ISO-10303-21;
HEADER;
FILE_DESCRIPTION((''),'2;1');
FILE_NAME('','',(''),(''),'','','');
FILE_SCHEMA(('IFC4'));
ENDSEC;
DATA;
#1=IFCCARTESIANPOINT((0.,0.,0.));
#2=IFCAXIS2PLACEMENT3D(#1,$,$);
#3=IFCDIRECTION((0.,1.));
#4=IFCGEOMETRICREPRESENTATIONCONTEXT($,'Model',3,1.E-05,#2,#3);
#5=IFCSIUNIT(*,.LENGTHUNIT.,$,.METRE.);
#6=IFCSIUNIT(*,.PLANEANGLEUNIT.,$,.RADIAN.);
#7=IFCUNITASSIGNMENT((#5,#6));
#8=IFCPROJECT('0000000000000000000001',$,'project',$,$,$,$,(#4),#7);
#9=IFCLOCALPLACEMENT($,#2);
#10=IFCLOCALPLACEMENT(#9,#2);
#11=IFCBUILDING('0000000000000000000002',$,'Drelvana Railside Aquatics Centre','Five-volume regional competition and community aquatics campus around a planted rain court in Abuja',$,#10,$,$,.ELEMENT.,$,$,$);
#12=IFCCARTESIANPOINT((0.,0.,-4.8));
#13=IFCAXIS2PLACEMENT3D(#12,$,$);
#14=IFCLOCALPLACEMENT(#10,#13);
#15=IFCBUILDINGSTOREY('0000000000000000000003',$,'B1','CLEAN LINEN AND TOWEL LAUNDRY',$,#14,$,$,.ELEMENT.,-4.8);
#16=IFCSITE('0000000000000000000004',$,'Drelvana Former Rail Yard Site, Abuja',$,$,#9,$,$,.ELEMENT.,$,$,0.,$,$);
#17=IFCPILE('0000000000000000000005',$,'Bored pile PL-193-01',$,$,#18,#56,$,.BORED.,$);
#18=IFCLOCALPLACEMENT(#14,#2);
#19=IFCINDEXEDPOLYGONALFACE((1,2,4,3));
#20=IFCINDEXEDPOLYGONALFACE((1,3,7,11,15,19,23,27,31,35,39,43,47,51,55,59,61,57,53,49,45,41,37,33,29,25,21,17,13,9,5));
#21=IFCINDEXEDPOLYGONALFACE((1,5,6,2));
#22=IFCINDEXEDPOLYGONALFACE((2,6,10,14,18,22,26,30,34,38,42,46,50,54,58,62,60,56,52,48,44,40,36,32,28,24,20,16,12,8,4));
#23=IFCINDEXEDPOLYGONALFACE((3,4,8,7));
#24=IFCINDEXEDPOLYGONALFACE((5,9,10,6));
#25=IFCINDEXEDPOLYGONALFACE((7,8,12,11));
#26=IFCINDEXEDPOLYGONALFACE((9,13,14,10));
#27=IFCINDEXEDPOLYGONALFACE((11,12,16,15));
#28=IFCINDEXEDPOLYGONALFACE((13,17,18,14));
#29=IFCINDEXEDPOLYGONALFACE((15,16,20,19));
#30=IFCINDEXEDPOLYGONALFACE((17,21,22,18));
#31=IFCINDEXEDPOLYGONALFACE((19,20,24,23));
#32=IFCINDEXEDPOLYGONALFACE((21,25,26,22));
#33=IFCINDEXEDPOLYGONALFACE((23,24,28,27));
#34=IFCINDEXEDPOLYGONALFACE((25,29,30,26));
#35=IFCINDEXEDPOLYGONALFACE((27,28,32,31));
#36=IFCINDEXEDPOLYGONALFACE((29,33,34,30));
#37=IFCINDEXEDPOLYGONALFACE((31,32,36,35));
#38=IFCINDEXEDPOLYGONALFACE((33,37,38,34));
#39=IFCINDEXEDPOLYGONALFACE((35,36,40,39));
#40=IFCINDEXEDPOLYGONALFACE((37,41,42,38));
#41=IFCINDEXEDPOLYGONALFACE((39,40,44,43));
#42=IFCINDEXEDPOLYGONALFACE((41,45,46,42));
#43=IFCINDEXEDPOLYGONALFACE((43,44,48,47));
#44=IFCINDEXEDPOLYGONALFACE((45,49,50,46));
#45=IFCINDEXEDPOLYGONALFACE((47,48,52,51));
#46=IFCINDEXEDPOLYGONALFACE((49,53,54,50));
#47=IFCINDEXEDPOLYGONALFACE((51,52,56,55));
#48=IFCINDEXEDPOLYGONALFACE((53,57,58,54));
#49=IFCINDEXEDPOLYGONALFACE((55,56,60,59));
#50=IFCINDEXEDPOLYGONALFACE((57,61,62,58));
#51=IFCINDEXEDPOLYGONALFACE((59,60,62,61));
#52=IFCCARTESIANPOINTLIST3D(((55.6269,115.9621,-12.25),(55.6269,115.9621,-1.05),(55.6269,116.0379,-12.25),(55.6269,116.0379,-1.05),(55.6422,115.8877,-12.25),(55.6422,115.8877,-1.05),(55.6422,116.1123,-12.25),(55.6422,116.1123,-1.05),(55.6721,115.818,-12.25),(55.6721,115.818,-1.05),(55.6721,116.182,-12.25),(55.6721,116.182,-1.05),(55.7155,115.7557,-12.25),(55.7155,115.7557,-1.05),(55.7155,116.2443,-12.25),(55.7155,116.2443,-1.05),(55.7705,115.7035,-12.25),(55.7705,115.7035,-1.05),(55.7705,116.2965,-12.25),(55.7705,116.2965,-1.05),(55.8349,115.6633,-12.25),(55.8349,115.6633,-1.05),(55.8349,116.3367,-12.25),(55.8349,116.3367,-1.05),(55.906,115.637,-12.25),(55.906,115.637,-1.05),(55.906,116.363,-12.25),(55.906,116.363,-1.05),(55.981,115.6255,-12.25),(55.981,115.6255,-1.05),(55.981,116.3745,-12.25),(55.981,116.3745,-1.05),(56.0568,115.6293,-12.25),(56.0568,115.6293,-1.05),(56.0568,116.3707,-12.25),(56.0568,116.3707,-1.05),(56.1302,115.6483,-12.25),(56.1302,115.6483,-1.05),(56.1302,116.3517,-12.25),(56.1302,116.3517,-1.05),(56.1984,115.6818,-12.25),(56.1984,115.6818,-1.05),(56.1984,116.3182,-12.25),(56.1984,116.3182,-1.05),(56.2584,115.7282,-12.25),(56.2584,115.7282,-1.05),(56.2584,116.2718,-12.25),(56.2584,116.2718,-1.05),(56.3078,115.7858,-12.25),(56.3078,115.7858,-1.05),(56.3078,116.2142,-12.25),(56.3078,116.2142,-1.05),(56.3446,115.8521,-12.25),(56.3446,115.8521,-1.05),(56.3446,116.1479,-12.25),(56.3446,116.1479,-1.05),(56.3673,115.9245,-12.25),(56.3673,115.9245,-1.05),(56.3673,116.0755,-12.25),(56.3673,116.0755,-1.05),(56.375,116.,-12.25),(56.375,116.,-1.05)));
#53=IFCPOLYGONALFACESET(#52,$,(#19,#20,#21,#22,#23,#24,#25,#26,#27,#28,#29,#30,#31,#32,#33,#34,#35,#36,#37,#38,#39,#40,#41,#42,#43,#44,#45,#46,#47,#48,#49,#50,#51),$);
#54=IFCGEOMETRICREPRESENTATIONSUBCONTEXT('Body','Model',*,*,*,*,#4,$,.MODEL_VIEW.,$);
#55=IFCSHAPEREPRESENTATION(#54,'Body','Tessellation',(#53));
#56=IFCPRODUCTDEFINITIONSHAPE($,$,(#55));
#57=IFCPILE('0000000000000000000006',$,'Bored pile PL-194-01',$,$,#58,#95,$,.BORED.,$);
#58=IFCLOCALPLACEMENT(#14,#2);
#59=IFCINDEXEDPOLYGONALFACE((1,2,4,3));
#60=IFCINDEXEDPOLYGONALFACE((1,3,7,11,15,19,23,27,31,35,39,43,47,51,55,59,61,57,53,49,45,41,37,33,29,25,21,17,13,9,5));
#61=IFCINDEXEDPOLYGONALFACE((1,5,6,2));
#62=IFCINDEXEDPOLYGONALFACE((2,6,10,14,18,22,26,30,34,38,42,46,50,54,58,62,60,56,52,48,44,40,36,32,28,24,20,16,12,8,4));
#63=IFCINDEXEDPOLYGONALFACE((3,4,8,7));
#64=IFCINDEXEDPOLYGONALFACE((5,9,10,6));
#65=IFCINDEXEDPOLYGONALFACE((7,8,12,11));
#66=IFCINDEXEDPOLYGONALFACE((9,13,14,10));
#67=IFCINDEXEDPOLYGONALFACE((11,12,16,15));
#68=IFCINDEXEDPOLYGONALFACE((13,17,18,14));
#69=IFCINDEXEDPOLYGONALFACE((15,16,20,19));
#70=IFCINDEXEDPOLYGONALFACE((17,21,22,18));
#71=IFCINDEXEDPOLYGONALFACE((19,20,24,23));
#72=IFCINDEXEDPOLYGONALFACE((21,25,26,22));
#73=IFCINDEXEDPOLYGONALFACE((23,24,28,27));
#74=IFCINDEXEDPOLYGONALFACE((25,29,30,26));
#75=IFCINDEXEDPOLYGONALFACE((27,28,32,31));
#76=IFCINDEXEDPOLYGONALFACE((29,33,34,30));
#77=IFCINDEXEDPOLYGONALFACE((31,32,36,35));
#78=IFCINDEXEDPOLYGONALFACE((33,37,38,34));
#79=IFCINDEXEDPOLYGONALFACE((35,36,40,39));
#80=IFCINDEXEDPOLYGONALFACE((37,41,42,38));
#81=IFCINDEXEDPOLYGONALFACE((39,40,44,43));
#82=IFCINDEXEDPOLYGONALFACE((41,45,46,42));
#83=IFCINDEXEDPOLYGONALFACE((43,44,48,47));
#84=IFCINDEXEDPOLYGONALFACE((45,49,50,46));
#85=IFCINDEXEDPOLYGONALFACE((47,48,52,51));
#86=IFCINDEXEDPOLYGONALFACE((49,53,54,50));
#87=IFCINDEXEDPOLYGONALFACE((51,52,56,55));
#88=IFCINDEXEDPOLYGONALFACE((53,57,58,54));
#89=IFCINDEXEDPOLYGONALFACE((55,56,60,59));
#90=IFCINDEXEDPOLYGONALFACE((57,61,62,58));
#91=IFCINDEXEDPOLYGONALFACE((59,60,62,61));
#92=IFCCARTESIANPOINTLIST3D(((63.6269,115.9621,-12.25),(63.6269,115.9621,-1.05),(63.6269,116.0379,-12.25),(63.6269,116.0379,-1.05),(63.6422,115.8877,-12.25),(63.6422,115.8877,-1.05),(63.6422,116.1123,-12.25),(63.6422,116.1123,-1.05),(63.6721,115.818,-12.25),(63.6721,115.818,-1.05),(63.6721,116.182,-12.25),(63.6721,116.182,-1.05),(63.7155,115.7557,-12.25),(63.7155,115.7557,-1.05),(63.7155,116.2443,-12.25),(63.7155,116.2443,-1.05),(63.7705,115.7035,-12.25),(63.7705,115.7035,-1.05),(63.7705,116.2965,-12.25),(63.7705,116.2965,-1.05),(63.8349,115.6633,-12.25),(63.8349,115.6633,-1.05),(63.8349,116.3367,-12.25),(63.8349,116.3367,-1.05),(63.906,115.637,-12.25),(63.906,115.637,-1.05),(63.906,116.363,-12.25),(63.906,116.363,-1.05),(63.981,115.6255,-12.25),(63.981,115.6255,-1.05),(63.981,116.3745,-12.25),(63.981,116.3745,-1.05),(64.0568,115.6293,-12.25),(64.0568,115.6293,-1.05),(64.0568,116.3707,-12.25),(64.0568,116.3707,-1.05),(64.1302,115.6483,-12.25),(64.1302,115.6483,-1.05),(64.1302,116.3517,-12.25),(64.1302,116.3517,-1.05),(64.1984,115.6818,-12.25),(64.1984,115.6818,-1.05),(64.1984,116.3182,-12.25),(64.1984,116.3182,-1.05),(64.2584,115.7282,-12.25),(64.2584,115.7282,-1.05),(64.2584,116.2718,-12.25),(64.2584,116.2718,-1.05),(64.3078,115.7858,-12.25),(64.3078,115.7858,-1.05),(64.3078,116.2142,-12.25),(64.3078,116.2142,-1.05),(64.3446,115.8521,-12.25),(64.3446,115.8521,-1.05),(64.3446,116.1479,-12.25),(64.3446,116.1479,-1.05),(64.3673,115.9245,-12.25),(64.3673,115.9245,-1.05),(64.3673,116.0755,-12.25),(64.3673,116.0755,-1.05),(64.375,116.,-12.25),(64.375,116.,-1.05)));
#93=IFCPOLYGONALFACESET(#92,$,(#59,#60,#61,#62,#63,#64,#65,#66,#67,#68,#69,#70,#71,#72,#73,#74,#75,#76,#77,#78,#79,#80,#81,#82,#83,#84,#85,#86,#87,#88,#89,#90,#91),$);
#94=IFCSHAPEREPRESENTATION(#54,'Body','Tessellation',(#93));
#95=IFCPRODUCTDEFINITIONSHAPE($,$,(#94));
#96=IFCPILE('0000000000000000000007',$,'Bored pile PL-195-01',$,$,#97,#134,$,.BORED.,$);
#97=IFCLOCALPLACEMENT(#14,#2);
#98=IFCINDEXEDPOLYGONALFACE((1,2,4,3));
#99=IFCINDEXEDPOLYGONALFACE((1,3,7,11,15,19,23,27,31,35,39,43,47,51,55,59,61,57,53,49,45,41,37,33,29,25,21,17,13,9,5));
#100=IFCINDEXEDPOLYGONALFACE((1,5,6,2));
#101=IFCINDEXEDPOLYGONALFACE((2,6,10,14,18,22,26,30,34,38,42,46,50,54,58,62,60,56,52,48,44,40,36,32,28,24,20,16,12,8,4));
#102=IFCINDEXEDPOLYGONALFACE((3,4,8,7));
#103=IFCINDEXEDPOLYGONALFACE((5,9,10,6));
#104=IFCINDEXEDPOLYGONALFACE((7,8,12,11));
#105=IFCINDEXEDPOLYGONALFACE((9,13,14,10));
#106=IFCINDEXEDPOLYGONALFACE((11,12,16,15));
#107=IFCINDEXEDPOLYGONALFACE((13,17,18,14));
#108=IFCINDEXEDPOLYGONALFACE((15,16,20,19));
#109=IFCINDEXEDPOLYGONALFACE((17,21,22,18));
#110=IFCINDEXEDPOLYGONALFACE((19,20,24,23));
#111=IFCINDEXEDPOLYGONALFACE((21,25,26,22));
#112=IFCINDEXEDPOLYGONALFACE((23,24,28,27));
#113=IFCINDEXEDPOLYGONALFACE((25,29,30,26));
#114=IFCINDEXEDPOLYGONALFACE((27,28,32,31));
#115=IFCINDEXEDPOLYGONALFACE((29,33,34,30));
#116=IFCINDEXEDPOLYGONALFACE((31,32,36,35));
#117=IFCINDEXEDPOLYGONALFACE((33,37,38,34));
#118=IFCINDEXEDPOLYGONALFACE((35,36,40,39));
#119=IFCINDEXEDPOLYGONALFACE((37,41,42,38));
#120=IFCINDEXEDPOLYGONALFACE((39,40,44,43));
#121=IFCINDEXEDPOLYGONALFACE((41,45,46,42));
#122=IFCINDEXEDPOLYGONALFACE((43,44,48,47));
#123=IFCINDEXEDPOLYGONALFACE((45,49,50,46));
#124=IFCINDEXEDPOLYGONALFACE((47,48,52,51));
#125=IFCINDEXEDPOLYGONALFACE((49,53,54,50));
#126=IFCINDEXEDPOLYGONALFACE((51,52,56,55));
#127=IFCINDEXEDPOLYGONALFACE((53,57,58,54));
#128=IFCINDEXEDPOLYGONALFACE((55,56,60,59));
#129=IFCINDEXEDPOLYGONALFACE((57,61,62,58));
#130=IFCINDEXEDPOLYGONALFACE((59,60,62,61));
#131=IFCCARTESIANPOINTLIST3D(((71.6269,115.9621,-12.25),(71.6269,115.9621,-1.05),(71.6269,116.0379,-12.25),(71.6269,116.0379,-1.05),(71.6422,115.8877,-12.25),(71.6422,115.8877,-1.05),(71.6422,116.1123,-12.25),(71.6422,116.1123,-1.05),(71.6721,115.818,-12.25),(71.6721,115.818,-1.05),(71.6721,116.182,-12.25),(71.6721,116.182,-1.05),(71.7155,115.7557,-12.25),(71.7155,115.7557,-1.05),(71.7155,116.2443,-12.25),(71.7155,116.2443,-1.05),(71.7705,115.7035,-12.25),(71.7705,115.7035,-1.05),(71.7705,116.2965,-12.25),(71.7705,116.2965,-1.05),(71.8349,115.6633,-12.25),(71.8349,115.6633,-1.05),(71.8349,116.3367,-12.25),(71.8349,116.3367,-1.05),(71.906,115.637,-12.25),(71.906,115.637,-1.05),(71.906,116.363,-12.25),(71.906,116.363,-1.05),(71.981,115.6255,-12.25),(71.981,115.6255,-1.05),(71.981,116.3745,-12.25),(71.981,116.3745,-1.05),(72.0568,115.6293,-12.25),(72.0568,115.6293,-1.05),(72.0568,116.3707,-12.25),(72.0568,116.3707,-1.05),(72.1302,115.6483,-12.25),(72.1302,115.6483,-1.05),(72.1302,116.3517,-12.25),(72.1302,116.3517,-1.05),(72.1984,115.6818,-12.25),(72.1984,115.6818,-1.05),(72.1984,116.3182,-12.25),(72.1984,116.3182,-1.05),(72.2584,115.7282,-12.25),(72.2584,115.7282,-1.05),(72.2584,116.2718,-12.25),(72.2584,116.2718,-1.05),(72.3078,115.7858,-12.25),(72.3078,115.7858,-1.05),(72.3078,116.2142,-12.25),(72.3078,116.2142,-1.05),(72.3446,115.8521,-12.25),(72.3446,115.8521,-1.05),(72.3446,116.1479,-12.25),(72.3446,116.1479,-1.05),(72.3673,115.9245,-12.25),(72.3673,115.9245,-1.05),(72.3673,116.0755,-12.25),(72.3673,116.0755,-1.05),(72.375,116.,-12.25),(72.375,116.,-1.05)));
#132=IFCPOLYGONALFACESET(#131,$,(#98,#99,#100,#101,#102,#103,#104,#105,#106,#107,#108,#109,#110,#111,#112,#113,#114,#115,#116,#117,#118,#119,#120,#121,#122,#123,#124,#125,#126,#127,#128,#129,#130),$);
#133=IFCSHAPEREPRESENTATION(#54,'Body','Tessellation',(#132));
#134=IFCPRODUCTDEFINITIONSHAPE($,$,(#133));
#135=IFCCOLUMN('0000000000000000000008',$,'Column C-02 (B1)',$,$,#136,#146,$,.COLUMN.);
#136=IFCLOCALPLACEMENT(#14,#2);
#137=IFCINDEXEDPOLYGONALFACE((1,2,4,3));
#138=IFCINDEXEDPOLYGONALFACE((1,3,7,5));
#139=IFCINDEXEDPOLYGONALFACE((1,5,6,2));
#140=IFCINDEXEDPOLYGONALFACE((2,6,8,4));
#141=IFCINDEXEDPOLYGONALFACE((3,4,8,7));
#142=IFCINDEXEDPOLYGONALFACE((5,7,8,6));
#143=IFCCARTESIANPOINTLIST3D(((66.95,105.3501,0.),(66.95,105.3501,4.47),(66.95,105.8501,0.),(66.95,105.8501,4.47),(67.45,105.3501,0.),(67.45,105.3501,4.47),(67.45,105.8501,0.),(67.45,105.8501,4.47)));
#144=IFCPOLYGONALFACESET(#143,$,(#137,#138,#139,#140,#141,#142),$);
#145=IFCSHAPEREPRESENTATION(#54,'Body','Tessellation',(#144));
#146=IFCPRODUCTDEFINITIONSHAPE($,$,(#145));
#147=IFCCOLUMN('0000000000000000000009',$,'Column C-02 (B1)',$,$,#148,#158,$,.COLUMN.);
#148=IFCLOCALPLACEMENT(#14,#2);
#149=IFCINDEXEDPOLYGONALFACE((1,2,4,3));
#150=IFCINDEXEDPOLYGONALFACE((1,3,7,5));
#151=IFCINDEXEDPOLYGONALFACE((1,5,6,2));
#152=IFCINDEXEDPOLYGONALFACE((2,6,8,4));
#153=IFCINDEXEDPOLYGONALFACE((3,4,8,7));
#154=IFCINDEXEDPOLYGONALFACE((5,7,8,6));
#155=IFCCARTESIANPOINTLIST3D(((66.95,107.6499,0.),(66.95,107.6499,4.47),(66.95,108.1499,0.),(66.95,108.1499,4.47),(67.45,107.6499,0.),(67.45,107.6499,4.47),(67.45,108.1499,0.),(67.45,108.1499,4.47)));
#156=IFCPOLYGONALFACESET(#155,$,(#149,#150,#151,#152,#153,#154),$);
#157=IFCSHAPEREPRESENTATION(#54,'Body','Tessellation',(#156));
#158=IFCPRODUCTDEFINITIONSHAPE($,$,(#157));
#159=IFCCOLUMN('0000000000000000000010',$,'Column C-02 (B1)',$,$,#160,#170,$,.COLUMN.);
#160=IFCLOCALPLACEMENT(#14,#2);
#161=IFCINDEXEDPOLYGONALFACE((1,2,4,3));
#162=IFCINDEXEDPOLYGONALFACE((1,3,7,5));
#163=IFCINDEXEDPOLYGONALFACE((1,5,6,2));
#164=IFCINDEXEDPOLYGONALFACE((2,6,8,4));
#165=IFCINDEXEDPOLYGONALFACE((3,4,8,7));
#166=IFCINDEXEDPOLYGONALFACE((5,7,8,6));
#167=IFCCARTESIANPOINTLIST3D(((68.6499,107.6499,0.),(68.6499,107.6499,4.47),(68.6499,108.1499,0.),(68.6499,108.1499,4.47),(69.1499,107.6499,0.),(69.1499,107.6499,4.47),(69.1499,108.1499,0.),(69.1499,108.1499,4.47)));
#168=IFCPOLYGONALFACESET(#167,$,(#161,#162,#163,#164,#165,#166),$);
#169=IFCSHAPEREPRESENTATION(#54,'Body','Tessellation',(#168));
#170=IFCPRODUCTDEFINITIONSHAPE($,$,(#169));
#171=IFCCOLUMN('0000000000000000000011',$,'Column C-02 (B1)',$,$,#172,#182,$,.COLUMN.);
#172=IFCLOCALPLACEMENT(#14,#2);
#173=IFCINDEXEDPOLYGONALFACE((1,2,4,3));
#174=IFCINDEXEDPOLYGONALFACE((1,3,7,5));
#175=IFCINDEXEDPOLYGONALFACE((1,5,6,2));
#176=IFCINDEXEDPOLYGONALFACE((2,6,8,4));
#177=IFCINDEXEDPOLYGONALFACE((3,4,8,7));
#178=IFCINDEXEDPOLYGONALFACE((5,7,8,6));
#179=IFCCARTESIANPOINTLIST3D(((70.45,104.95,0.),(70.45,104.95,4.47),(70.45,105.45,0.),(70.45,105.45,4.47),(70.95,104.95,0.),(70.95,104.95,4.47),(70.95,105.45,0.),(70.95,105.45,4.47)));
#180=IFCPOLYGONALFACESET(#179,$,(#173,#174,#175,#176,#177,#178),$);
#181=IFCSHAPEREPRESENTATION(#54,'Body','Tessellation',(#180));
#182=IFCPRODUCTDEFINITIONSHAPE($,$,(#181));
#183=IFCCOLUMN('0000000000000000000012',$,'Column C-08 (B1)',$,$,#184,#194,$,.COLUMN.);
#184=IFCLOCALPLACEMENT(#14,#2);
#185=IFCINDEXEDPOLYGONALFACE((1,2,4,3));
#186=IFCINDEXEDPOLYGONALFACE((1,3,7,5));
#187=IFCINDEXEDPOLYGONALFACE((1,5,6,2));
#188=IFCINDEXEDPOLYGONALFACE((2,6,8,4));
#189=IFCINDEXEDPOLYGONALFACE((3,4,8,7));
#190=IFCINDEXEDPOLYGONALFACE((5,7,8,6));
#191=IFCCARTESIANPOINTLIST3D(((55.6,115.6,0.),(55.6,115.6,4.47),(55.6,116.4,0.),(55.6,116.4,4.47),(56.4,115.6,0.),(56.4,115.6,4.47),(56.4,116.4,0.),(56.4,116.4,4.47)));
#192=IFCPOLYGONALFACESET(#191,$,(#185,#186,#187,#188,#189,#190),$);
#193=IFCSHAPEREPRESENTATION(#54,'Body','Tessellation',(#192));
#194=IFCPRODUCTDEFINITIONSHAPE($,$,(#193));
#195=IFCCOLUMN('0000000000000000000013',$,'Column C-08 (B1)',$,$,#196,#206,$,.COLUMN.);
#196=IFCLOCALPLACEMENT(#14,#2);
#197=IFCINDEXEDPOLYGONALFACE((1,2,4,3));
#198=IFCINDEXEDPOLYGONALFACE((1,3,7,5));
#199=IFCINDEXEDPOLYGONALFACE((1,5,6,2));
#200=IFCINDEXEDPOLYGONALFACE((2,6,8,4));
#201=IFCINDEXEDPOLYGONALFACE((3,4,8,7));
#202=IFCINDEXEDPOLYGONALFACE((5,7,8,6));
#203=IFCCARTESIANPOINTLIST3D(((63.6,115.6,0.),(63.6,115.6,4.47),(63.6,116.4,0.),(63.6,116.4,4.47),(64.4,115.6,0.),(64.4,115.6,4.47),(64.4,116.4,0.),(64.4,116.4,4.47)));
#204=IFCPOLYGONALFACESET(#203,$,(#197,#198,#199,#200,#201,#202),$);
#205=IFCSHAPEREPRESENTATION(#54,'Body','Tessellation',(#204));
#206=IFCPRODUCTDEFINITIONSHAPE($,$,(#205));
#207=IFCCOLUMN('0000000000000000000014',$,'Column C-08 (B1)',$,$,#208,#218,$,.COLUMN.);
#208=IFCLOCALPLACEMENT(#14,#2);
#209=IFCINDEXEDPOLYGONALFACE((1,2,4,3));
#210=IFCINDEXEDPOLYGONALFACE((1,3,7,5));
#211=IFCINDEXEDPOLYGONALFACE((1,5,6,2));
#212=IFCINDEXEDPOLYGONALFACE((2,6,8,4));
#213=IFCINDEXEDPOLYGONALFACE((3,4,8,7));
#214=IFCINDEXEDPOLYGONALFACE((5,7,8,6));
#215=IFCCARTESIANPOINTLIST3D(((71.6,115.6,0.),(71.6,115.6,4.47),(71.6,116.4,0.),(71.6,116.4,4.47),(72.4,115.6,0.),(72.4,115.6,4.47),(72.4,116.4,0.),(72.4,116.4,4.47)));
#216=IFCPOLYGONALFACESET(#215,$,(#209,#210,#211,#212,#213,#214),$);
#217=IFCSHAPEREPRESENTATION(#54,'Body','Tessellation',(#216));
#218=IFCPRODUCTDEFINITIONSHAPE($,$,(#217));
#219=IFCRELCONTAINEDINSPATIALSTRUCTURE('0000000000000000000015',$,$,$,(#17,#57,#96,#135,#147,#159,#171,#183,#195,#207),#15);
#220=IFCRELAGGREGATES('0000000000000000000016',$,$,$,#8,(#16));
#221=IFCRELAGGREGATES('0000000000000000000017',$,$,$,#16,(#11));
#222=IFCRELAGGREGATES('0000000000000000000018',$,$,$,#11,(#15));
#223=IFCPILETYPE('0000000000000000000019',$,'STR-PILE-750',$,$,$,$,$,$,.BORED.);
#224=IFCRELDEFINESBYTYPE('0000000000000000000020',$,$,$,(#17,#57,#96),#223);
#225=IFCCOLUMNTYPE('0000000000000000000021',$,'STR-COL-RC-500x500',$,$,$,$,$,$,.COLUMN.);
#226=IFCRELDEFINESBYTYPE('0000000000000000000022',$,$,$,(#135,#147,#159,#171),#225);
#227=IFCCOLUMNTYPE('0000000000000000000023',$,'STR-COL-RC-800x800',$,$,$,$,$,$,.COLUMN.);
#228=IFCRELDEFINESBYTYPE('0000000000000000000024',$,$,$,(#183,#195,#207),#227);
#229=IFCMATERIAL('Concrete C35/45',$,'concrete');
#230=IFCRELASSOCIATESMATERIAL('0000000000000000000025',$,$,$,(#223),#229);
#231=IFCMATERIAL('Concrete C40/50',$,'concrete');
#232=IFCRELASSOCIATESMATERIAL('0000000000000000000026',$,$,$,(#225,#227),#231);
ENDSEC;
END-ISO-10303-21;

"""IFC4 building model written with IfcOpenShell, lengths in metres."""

from ifc_helpers import new_model, si_unit, direction, frame, origin, origin_2d, place, context, subcontext, project, spatial, rectangle, circle, extrude, material, material_profile, profile_set, type_object, element, save


model = new_model("IFC4")

# Units and contexts
model_context = context("Model", 3, precision=1e-05, world=origin(), true_north=direction((0.0, 1.0)))
body_context = subcontext(model_context, "Body", "Model", "MODEL_VIEW")
ifc_project = project(units=[si_unit("LENGTHUNIT", "METRE"), si_unit("PLANEANGLEUNIT", "RADIAN")], contexts=[model_context])

# Site, building, storey
site_placement = place(None, origin())
site = spatial("IfcSite", under=ifc_project, at=site_placement, Name="Drelvana Former Rail Yard Site, Abuja", CompositionType="ELEMENT", RefElevation=0.0)
building_placement = place(site_placement, origin())
building = spatial("IfcBuilding", under=site, at=building_placement, Name="Drelvana Railside Aquatics Centre", Description="Five-volume regional competition and community aquatics campus around a planted rain court in Abuja", CompositionType="ELEMENT")
storey_placement = place(building_placement, frame((0.0, 0.0, -4.8)))
storey = spatial("IfcBuildingStorey", under=building, at=storey_placement, Name="B1", Description="CLEAN LINEN AND TOWEL LAUNDRY", CompositionType="ELEMENT", Elevation=-4.8)

# Shared definitions
ifc_material_1 = material(Name="Concrete C35/45", Category="concrete")

# Piles
ifc_material_profile_1 = material_profile(ifc_material_1, circle(Radius=0.375, at=origin_2d()), Name="PILE D750")
ifc_profile_set_1 = profile_set([ifc_material_profile_1], Name="Concrete C35/45")
pile_type_1 = type_object("IfcPileType", Name="STR-PILE-750", PredefinedType="BORED", material=ifc_profile_set_1)
for number, where, z_axis, x_axis, name in (
    (1, (56.0, 116.0, -1.05), (0.0, 0.0, -1.0), (1.0, 0.0, 0.0), "Bored pile PL-193-01"),
    (2, (64.0, 116.0, -1.05), (0.0, 0.0, -1.0), (1.0, 0.0, 0.0), "Bored pile PL-194-01"),
    (3, (72.0, 116.0, -1.05), (0.0, 0.0, -1.0), (1.0, 0.0, 0.0), "Bored pile PL-195-01"),
):
    element("IfcPile", number, at=place(storey_placement, frame(where, z_axis=z_axis, x_axis=x_axis)), inside=storey, type_object=pile_type_1, Name=name, PredefinedType="BORED", context=body_context, shape_type="SweptSolid", body=[
        extrude(circle(Radius=0.375, at=origin_2d()), origin(), (0.0, 0.0, 1.0), 11.2),
    ])

# Columns
ifc_material_2 = material(Name="Concrete C40/50", Category="concrete")
ifc_material_profile_2 = material_profile(ifc_material_2, rectangle(XDim=0.5, YDim=0.5, at=origin_2d()), Name="RC 500x500")
ifc_profile_set_2 = profile_set([ifc_material_profile_2], Name="Concrete C40/50")
column_type_1 = type_object("IfcColumnType", Name="STR-COL-RC-500x500", PredefinedType="COLUMN", material=ifc_profile_set_2)
for number, where, z_axis, x_axis, name in (
    (4, (67.2, 105.6001, 0.0), (0.0, 0.0, 1.0), (1.0, 0.0, 0.0), "Column C-02 (B1)"),
    (5, (67.2, 107.8999, 0.0), (0.0, 0.0, 1.0), (1.0, 0.0, 0.0), "Column C-02 (B1)"),
    (6, (68.8999, 107.8999, 0.0), (0.0, 0.0, 1.0), (1.0, 0.0, 0.0), "Column C-02 (B1)"),
    (7, (70.7, 105.2, 0.0), (0.0, 0.0, 1.0), (1.0, 0.0, 0.0), "Column C-02 (B1)"),
):
    element("IfcColumn", number, at=place(storey_placement, frame(where, z_axis=z_axis, x_axis=x_axis)), inside=storey, type_object=column_type_1, Name=name, PredefinedType="COLUMN", context=body_context, shape_type="SweptSolid", body=[
        extrude(rectangle(XDim=0.5, YDim=0.5, at=origin_2d()), origin(), (0.0, 0.0, 1.0), 4.47),
    ])
ifc_material_profile_3 = material_profile(ifc_material_2, rectangle(XDim=0.8, YDim=0.8, at=origin_2d()), Name="RC 800x800")
ifc_profile_set_3 = profile_set([ifc_material_profile_3], Name="Concrete C40/50")
column_type_2 = type_object("IfcColumnType", Name="STR-COL-RC-800x800", PredefinedType="COLUMN", material=ifc_profile_set_3)
for number, where, z_axis, x_axis, name in (
    (8, (56.0, 116.0, 0.0), (0.0, 0.0, 1.0), (1.0, 0.0, 0.0), "Column C-08 (B1)"),
    (9, (64.0, 116.0, 0.0), (0.0, 0.0, 1.0), (1.0, 0.0, 0.0), "Column C-08 (B1)"),
    (10, (72.0, 116.0, 0.0), (0.0, 0.0, 1.0), (1.0, 0.0, 0.0), "Column C-08 (B1)"),
):
    element("IfcColumn", number, at=place(storey_placement, frame(where, z_axis=z_axis, x_axis=x_axis)), inside=storey, type_object=column_type_2, Name=name, PredefinedType="COLUMN", context=body_context, shape_type="SweptSolid", body=[
        extrude(rectangle(XDim=0.8, YDim=0.8, at=origin_2d()), origin(), (0.0, 0.0, 1.0), 4.47),
    ])

save(model, "model.ifc")
